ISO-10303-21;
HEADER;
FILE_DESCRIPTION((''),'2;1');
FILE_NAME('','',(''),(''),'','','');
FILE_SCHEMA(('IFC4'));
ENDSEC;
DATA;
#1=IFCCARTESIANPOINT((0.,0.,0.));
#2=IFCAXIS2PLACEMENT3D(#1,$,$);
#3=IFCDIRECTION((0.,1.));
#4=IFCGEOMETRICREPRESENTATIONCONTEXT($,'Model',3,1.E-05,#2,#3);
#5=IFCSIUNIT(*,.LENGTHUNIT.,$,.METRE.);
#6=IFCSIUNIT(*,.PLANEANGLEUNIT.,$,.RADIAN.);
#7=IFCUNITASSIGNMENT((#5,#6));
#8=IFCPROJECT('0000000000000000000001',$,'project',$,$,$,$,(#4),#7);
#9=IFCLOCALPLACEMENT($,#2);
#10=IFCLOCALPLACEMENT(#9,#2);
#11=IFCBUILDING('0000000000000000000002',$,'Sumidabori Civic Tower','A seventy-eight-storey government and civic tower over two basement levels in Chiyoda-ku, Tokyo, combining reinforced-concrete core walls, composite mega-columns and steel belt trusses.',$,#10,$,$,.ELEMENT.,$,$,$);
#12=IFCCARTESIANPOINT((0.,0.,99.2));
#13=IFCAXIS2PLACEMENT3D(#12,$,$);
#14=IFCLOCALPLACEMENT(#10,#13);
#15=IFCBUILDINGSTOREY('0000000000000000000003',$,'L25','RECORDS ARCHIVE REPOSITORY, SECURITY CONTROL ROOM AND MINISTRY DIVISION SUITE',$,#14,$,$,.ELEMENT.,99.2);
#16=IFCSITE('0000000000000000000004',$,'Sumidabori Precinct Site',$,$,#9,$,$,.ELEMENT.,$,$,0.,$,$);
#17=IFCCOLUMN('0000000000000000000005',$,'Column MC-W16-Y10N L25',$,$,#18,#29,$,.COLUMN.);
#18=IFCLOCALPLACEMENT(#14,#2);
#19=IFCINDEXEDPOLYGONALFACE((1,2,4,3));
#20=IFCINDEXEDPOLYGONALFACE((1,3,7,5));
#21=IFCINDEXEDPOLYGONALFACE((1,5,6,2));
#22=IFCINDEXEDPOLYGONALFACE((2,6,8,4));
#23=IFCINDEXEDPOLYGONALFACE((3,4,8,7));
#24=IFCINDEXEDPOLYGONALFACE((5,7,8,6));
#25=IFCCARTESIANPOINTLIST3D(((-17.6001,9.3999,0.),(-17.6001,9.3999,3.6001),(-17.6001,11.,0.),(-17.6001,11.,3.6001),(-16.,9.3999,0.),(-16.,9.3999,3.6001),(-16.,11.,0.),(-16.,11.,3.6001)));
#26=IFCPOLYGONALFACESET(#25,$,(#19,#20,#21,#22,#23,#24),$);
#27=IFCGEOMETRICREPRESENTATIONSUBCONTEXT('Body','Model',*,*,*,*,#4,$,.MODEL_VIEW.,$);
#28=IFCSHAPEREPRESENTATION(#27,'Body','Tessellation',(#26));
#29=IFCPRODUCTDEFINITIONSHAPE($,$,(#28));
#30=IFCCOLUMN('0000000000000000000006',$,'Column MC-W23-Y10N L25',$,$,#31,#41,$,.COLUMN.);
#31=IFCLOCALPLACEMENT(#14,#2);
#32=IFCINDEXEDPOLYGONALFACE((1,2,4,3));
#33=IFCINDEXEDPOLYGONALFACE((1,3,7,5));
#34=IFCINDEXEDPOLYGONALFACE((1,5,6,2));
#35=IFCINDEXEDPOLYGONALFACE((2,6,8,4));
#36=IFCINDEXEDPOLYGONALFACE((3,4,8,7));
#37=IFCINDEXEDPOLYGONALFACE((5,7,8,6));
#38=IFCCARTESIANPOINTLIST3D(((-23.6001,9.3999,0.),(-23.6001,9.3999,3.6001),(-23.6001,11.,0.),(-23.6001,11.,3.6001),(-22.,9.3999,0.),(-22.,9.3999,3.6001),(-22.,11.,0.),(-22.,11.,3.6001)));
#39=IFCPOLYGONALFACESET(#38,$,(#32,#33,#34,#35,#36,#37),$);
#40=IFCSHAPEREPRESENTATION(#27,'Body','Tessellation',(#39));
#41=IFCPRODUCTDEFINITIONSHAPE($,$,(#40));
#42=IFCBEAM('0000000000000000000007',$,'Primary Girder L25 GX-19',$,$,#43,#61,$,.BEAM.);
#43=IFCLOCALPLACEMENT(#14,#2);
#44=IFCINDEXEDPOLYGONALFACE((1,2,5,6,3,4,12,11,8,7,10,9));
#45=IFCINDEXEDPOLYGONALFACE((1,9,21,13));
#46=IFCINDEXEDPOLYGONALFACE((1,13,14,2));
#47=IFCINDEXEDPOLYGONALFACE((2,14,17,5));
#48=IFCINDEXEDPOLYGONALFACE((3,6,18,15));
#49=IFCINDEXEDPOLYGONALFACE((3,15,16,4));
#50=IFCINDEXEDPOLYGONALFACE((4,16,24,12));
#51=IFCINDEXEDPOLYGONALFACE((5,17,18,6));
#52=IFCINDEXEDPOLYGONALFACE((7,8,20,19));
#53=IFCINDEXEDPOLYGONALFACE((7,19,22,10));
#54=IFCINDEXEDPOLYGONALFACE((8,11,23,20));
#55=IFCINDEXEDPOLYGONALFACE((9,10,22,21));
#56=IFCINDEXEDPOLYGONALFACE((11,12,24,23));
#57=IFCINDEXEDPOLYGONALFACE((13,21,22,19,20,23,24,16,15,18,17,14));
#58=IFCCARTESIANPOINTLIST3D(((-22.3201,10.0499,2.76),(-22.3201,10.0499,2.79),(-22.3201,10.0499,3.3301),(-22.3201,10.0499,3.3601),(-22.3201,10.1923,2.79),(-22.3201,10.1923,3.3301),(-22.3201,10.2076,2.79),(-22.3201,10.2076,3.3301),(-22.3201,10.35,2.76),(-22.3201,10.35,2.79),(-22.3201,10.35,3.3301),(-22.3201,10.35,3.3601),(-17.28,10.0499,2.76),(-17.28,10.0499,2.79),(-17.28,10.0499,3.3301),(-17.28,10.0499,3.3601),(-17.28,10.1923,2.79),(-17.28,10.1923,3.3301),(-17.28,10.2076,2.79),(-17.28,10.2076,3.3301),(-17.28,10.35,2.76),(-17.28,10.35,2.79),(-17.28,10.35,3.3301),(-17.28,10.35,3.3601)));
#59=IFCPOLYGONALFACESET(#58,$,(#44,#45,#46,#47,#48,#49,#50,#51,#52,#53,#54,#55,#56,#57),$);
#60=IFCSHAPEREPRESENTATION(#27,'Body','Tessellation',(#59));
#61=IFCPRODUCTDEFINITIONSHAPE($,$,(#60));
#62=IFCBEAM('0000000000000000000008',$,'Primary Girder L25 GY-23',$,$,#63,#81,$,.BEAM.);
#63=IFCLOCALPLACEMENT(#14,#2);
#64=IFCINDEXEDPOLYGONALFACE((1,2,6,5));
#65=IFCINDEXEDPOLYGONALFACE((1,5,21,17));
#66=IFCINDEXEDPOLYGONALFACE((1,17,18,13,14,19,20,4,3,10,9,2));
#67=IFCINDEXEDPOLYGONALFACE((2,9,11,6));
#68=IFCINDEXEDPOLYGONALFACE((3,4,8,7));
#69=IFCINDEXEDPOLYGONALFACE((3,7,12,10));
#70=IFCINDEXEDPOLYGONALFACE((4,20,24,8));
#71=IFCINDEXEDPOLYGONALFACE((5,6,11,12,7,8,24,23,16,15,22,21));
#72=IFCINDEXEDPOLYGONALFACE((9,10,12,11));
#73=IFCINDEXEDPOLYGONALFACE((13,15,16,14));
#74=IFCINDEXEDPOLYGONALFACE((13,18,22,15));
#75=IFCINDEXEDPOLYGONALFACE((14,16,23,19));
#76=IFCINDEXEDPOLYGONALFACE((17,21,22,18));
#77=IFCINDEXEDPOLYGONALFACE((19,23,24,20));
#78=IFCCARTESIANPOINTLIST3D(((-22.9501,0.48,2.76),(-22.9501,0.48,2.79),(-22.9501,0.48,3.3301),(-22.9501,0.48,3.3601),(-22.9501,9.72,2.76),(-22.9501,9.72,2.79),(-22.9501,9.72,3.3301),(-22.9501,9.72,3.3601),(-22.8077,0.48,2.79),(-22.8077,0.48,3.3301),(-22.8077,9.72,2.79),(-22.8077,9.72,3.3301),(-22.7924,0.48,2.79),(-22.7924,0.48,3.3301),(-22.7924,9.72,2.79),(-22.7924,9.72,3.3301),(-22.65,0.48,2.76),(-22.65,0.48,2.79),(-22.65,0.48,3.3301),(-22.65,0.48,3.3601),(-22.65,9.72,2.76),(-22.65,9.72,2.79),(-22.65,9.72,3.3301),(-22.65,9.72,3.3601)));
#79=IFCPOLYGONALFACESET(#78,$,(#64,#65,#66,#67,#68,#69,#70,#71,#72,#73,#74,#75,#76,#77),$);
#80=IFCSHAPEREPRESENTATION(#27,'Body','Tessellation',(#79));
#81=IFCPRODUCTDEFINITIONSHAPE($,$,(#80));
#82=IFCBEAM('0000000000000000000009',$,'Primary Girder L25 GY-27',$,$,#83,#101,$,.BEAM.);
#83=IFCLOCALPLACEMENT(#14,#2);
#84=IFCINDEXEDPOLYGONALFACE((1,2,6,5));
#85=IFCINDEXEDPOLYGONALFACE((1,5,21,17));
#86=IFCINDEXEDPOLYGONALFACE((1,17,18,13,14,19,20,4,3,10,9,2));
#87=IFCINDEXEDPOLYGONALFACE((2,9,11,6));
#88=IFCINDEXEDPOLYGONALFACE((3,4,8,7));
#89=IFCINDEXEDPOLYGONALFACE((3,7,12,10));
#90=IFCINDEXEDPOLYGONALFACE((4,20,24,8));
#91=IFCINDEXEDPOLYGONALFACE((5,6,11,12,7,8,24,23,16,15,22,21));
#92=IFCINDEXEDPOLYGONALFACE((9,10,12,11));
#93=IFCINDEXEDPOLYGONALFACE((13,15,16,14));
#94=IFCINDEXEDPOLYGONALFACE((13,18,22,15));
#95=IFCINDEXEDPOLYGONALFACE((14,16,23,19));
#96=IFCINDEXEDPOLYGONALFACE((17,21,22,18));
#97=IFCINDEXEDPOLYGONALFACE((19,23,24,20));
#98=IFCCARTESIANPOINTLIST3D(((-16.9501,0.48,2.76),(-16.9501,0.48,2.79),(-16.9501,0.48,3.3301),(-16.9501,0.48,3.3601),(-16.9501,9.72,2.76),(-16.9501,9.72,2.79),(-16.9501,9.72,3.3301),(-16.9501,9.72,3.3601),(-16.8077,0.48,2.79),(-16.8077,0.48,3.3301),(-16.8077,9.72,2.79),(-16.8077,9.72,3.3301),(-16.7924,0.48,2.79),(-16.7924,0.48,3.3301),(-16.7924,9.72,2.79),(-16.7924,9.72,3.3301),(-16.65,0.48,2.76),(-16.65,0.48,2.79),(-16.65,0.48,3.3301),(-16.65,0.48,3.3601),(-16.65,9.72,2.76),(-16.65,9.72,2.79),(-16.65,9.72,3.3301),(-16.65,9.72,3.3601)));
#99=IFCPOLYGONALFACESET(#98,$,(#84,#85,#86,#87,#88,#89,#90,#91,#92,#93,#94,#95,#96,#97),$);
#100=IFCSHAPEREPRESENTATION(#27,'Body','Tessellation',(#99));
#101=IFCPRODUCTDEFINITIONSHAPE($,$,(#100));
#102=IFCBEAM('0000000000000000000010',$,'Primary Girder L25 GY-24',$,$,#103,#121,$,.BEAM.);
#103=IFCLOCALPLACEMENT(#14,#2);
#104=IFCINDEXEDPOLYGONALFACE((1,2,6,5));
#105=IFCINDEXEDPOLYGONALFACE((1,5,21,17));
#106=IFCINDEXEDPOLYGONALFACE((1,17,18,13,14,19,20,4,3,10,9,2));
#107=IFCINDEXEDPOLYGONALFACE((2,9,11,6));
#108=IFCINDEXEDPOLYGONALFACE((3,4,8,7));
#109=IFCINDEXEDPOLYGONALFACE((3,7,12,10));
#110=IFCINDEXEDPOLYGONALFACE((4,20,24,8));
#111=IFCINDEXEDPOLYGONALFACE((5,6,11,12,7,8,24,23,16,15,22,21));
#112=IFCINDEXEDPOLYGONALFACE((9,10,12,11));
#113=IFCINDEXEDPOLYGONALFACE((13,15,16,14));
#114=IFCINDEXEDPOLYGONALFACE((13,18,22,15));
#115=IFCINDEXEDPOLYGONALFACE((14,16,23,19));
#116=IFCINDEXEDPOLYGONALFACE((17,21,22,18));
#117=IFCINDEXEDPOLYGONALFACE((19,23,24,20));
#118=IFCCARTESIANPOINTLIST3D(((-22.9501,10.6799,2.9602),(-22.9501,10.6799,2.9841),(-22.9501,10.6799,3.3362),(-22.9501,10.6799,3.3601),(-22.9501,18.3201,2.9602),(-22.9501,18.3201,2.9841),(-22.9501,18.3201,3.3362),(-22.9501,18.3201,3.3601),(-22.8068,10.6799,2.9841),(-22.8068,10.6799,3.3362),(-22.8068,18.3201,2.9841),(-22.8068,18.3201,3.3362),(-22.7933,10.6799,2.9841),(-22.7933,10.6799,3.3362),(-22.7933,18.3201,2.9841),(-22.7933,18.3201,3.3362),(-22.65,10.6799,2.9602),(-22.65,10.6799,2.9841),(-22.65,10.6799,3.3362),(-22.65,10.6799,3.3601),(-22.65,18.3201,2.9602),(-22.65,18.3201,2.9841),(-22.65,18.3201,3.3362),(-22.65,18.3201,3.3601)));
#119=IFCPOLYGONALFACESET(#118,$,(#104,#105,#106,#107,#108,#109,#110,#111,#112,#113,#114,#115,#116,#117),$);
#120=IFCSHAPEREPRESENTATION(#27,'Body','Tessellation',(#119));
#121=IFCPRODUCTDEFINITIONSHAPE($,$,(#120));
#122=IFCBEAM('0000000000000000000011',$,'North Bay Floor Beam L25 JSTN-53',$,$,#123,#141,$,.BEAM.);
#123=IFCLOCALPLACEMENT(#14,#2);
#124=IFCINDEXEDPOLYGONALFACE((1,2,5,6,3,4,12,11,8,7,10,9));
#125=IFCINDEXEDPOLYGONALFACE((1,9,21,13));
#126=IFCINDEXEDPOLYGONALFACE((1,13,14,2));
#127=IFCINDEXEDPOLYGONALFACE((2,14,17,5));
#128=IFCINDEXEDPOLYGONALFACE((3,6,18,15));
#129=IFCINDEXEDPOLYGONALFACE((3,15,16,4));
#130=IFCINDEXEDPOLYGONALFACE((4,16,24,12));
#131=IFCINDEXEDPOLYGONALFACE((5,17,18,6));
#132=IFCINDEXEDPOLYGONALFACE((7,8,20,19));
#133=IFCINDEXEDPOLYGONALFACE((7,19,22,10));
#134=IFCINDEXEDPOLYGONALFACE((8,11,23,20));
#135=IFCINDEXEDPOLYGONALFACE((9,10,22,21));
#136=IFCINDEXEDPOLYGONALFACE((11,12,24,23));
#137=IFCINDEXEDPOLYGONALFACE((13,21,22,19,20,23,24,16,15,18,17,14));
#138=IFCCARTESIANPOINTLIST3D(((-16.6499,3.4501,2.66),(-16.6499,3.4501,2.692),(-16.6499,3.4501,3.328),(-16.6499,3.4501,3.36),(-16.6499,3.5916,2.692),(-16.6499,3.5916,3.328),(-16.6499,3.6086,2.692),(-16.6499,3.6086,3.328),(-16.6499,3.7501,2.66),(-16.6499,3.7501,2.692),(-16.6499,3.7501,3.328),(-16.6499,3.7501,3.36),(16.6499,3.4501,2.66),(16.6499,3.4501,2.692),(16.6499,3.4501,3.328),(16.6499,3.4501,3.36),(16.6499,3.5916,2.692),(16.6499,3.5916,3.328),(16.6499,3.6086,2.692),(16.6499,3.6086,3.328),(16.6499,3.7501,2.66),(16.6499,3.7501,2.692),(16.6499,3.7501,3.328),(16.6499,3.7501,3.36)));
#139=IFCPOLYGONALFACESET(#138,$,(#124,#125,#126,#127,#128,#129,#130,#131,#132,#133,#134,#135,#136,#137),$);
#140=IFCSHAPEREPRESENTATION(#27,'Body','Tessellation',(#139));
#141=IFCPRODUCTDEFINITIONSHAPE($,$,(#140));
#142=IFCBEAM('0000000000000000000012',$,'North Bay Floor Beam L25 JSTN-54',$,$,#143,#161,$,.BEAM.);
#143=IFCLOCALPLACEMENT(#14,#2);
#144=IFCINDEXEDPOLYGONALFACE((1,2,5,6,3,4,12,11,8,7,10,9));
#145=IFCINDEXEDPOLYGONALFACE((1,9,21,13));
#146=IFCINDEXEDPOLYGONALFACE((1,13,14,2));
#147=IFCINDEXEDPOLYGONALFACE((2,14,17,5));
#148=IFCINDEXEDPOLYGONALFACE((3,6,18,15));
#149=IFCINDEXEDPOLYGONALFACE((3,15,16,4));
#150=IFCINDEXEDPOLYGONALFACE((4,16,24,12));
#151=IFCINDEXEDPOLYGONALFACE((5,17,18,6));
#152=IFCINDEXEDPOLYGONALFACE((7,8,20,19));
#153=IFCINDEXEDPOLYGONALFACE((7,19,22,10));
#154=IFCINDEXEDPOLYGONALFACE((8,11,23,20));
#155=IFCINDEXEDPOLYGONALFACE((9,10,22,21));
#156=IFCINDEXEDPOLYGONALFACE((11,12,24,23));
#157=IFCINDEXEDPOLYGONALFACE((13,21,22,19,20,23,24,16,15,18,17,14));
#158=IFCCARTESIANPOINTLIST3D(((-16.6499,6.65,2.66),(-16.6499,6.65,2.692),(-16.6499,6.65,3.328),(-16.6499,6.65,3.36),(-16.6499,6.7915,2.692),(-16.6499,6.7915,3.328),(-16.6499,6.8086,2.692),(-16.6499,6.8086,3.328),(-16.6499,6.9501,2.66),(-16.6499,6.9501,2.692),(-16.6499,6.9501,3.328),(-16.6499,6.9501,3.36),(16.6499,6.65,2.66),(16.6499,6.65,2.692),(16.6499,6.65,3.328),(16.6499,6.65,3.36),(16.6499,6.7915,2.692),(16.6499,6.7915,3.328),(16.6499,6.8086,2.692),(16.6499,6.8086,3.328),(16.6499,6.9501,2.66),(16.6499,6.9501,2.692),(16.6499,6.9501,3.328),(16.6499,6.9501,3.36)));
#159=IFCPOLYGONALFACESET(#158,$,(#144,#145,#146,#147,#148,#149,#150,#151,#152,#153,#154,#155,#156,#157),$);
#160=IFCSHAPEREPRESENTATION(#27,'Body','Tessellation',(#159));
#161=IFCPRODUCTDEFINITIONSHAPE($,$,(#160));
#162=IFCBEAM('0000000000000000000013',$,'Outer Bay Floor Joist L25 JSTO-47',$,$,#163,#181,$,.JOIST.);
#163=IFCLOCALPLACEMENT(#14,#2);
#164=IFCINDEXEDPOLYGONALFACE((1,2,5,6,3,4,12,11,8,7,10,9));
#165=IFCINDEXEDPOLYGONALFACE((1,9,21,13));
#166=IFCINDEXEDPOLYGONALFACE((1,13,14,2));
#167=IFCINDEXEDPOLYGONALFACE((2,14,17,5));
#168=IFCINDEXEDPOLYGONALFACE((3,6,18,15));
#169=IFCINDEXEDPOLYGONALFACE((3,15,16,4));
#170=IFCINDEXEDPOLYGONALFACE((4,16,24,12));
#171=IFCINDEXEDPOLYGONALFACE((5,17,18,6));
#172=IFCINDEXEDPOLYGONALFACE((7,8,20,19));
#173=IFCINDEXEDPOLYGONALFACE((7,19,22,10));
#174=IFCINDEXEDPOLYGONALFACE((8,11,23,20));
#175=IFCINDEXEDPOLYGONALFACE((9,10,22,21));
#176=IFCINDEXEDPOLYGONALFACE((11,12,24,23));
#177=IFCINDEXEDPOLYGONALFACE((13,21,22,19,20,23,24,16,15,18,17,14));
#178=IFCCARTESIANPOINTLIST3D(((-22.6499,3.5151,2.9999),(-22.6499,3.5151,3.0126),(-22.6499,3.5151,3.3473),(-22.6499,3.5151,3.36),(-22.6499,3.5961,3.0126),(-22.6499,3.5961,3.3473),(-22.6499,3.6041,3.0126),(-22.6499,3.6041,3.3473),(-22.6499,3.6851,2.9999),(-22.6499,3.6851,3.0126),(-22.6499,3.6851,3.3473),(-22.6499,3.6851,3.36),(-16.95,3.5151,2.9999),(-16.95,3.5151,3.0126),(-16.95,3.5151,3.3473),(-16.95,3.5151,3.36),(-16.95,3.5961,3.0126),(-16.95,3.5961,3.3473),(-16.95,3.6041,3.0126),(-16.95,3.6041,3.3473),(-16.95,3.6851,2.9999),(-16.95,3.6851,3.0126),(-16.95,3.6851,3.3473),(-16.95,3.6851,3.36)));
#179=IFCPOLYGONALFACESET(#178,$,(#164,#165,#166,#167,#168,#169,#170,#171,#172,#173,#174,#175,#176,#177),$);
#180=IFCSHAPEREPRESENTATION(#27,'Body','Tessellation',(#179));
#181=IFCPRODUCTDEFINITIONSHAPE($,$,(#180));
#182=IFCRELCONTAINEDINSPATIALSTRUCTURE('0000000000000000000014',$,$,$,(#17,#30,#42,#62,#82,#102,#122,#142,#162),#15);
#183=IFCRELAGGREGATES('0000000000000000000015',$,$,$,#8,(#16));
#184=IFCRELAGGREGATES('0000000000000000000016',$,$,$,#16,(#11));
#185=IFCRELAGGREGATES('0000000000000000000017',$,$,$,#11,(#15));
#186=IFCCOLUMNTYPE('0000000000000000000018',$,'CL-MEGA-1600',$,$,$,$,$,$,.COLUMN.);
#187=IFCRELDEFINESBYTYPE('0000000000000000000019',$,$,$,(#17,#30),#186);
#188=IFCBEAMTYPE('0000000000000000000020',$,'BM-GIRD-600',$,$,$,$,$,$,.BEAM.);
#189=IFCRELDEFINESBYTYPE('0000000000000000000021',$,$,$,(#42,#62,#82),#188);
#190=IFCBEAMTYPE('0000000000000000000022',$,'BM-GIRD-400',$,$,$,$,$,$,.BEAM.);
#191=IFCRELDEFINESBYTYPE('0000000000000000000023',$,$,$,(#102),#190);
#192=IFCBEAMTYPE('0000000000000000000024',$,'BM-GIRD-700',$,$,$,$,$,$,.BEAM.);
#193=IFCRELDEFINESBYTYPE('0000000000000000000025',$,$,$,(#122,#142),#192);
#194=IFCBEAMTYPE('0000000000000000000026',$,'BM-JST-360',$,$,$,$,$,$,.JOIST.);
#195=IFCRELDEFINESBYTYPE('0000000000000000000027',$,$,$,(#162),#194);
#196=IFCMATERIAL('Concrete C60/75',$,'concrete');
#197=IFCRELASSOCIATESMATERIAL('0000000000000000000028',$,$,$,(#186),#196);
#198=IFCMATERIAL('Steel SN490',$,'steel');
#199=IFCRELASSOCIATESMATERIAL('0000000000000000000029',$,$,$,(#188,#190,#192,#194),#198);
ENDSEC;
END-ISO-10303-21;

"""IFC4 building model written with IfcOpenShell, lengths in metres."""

from ifc_helpers import new_model, si_unit, direction, frame, origin, origin_2d, place, context, subcontext, project, spatial, rectangle, i_section, extrude, source, transform, mapped, material, material_profile, profile_set, type_object, element, save


model = new_model("IFC4")

# Units and contexts
model_context = context("Model", 3, precision=1e-05, world=origin(), true_north=direction((0.0, 1.0)))
body_context = subcontext(model_context, "Body", "Model", "MODEL_VIEW")
ifc_project = project(units=[si_unit("LENGTHUNIT", "METRE"), si_unit("PLANEANGLEUNIT", "RADIAN")], contexts=[model_context])

# Site, building, storey
site_placement = place(None, origin())
site = spatial("IfcSite", under=ifc_project, at=site_placement, Name="Sumidabori Precinct Site", CompositionType="ELEMENT", RefElevation=0.0)
building_placement = place(site_placement, origin())
building = spatial("IfcBuilding", under=site, at=building_placement, Name="Sumidabori Civic Tower", Description="A seventy-eight-storey government and civic tower over two basement levels in Chiyoda-ku, Tokyo, combining reinforced-concrete core walls, composite mega-columns and steel belt trusses.", CompositionType="ELEMENT")
storey_placement = place(building_placement, frame((0.0, 0.0, 99.2)))
storey = spatial("IfcBuildingStorey", under=building, at=storey_placement, Name="L25", Description="RECORDS ARCHIVE REPOSITORY, SECURITY CONTROL ROOM AND MINISTRY DIVISION SUITE", CompositionType="ELEMENT", Elevation=99.2)

# Columns
ifc_material_1 = material(Name="Concrete C60/75", Category="concrete")
ifc_material_profile_1 = material_profile(ifc_material_1, rectangle(XDim=1.6001, YDim=1.6001, at=origin_2d()), Name="RC 1600x1600")
ifc_profile_set_1 = profile_set([ifc_material_profile_1], Name="Concrete C60/75")
column_type = type_object("IfcColumnType", Name="CL-MEGA-1600", PredefinedType="COLUMN", material=ifc_profile_set_1)
shared_shape_1 = source(origin(), body_context, "Body", "SweptSolid", [
    extrude(rectangle(XDim=1.6001, YDim=1.6001, at=origin_2d()), origin(), (0.0, 0.0, 1.0), 3.6001),
])
for number, where, z_axis, x_axis, name in (
    (1, (-16.8, 10.2, 0.0), (0.0, 0.0, 1.0), (1.0, 0.0, 0.0), "Column MC-W16-Y10N L25"),
    (2, (-22.8, 10.2, 0.0), (0.0, 0.0, 1.0), (1.0, 0.0, 0.0), "Column MC-W23-Y10N L25"),
):
    element("IfcColumn", number, at=place(storey_placement, frame(where, z_axis=z_axis, x_axis=x_axis)), inside=storey, type_object=column_type, Name=name, PredefinedType="COLUMN", context=body_context, shape_type="MappedRepresentation", body=[
        mapped(shared_shape_1, transform((0.0, 0.0, 0.0), x_axis=(1.0, 0.0, 0.0), y_axis=(0.0, 1.0, 0.0), z_axis=(0.0, 0.0, 1.0), scale=1.0)),
    ])

# Beams
ifc_material_2 = material(Name="Steel SN490", Category="steel")
ifc_material_profile_2 = material_profile(ifc_material_2, i_section(OverallWidth=0.3, OverallDepth=0.6001, WebThickness=0.0154, FlangeThickness=0.03, at=origin_2d()), Name="HE 600 B")
ifc_profile_set_2 = profile_set([ifc_material_profile_2], Name="Steel SN490")
beam_type_1 = type_object("IfcBeamType", Name="BM-GIRD-600", PredefinedType="BEAM", material=ifc_profile_set_2)
shared_shape_2 = source(origin(), body_context, "Body", "SweptSolid", [
    extrude(i_section(OverallWidth=0.3, OverallDepth=0.6001, WebThickness=0.0154, FlangeThickness=0.03, at=origin_2d()), origin(), (0.0, 0.0, 1.0), 5.04),
])
beam_1_placement = place(storey_placement, frame((-22.3201, 10.2, 3.0601), z_axis=(1.0, 0.0, 0.0), x_axis=(0.0, 1.0, 0.0)))
element("IfcBeam", 3, at=beam_1_placement, inside=storey, type_object=beam_type_1, Name="Primary Girder L25 GX-19", PredefinedType="BEAM", context=body_context, shape_type="MappedRepresentation", body=[
    mapped(shared_shape_2, transform((0.0, 0.0, 0.0), x_axis=(1.0, 0.0, 0.0), y_axis=(0.0, 1.0, 0.0), z_axis=(0.0, 0.0, 1.0), scale=1.0)),
])
shared_shape_3 = source(origin(), body_context, "Body", "SweptSolid", [
    extrude(i_section(OverallWidth=0.3, OverallDepth=0.6001, WebThickness=0.0154, FlangeThickness=0.03, at=origin_2d()), origin(), (0.0, 0.0, 1.0), 9.24),
])
for number, where, z_axis, x_axis, name in (
    (4, (-22.8, 0.48, 3.0601), (0.0, 1.0, 0.0), (-1.0, 0.0, 0.0), "Primary Girder L25 GY-23"),
    (5, (-16.8, 0.48, 3.0601), (0.0, 1.0, 0.0), (-1.0, 0.0, 0.0), "Primary Girder L25 GY-27"),
):
    element("IfcBeam", number, at=place(storey_placement, frame(where, z_axis=z_axis, x_axis=x_axis)), inside=storey, type_object=beam_type_1, Name=name, PredefinedType="BEAM", context=body_context, shape_type="MappedRepresentation", body=[
        mapped(shared_shape_3, transform((0.0, 0.0, 0.0), x_axis=(1.0, 0.0, 0.0), y_axis=(0.0, 1.0, 0.0), z_axis=(0.0, 0.0, 1.0), scale=1.0)),
    ])
ifc_material_profile_3 = material_profile(ifc_material_2, i_section(OverallWidth=0.3, OverallDepth=0.3999, WebThickness=0.0134, FlangeThickness=0.0239, at=origin_2d()), Name="HE 400 B")
ifc_profile_set_3 = profile_set([ifc_material_profile_3], Name="Steel SN490")
beam_type_2 = type_object("IfcBeamType", Name="BM-GIRD-400", PredefinedType="BEAM", material=ifc_profile_set_3)
shared_shape_4 = source(origin(), body_context, "Body", "SweptSolid", [
    extrude(i_section(OverallWidth=0.3, OverallDepth=0.3999, WebThickness=0.0134, FlangeThickness=0.0239, at=origin_2d()), origin(), (0.0, 0.0, 1.0), 7.6401),
])
beam_2_placement = place(storey_placement, frame((-22.8, 10.6799, 3.1602), z_axis=(0.0, 1.0, 0.0), x_axis=(-1.0, 0.0, 0.0)))
element("IfcBeam", 6, at=beam_2_placement, inside=storey, type_object=beam_type_2, Name="Primary Girder L25 GY-24", PredefinedType="BEAM", context=body_context, shape_type="MappedRepresentation", body=[
    mapped(shared_shape_4, transform((0.0, 0.0, 0.0), x_axis=(1.0, 0.0, 0.0), y_axis=(0.0, 1.0, 0.0), z_axis=(0.0, 0.0, 1.0), scale=1.0)),
])
ifc_material_profile_4 = material_profile(ifc_material_2, i_section(OverallWidth=0.3, OverallDepth=0.7, WebThickness=0.0171, FlangeThickness=0.032, at=origin_2d()), Name="HE 700 B")
ifc_profile_set_4 = profile_set([ifc_material_profile_4], Name="Steel SN490")
beam_type_3 = type_object("IfcBeamType", Name="BM-GIRD-700", PredefinedType="BEAM", material=ifc_profile_set_4)
shared_shape_5 = source(origin(), body_context, "Body", "SweptSolid", [
    extrude(i_section(OverallWidth=0.3, OverallDepth=0.7, WebThickness=0.0171, FlangeThickness=0.032, at=origin_2d()), origin(), (0.0, 0.0, 1.0), 33.2998),
])
for number, where, z_axis, x_axis, name in (
    (7, (-16.6499, 3.6001, 3.01), (1.0, 0.0, 0.0), (0.0, 1.0, 0.0), "North Bay Floor Beam L25 JSTN-53"),
    (8, (-16.6499, 6.8, 3.01), (1.0, 0.0, 0.0), (0.0, 1.0, 0.0), "North Bay Floor Beam L25 JSTN-54"),
):
    element("IfcBeam", number, at=place(storey_placement, frame(where, z_axis=z_axis, x_axis=x_axis)), inside=storey, type_object=beam_type_3, Name=name, PredefinedType="BEAM", context=body_context, shape_type="MappedRepresentation", body=[
        mapped(shared_shape_5, transform((0.0, 0.0, 0.0), x_axis=(1.0, 0.0, 0.0), y_axis=(0.0, 1.0, 0.0), z_axis=(0.0, 0.0, 1.0), scale=1.0)),
    ])
ifc_material_profile_5 = material_profile(ifc_material_2, i_section(OverallWidth=0.1699, OverallDepth=0.3601, WebThickness=0.0081, FlangeThickness=0.0127, at=origin_2d()), Name="IPE 360")
ifc_profile_set_5 = profile_set([ifc_material_profile_5], Name="Steel SN490")
beam_type_4 = type_object("IfcBeamType", Name="BM-JST-360", PredefinedType="JOIST", material=ifc_profile_set_5)
shared_shape_6 = source(origin(), body_context, "Body", "SweptSolid", [
    extrude(i_section(OverallWidth=0.1699, OverallDepth=0.3601, WebThickness=0.0081, FlangeThickness=0.0127, at=origin_2d()), origin(), (0.0, 0.0, 1.0), 5.7),
])
for number, where, z_axis, x_axis, name in (
    (9, (-22.6499, 3.6001, 3.1799), (1.0, 0.0, 0.0), (0.0, 1.0, 0.0), "Outer Bay Floor Joist L25 JSTO-47"),
):
    element("IfcBeam", number, at=place(storey_placement, frame(where, z_axis=z_axis, x_axis=x_axis)), inside=storey, type_object=beam_type_4, Name=name, PredefinedType="JOIST", context=body_context, shape_type="MappedRepresentation", body=[
        mapped(shared_shape_6, transform((0.0, 0.0, 0.0), x_axis=(1.0, 0.0, 0.0), y_axis=(0.0, 1.0, 0.0), z_axis=(0.0, 0.0, 1.0), scale=1.0)),
    ])

save(model, "model.ifc")
